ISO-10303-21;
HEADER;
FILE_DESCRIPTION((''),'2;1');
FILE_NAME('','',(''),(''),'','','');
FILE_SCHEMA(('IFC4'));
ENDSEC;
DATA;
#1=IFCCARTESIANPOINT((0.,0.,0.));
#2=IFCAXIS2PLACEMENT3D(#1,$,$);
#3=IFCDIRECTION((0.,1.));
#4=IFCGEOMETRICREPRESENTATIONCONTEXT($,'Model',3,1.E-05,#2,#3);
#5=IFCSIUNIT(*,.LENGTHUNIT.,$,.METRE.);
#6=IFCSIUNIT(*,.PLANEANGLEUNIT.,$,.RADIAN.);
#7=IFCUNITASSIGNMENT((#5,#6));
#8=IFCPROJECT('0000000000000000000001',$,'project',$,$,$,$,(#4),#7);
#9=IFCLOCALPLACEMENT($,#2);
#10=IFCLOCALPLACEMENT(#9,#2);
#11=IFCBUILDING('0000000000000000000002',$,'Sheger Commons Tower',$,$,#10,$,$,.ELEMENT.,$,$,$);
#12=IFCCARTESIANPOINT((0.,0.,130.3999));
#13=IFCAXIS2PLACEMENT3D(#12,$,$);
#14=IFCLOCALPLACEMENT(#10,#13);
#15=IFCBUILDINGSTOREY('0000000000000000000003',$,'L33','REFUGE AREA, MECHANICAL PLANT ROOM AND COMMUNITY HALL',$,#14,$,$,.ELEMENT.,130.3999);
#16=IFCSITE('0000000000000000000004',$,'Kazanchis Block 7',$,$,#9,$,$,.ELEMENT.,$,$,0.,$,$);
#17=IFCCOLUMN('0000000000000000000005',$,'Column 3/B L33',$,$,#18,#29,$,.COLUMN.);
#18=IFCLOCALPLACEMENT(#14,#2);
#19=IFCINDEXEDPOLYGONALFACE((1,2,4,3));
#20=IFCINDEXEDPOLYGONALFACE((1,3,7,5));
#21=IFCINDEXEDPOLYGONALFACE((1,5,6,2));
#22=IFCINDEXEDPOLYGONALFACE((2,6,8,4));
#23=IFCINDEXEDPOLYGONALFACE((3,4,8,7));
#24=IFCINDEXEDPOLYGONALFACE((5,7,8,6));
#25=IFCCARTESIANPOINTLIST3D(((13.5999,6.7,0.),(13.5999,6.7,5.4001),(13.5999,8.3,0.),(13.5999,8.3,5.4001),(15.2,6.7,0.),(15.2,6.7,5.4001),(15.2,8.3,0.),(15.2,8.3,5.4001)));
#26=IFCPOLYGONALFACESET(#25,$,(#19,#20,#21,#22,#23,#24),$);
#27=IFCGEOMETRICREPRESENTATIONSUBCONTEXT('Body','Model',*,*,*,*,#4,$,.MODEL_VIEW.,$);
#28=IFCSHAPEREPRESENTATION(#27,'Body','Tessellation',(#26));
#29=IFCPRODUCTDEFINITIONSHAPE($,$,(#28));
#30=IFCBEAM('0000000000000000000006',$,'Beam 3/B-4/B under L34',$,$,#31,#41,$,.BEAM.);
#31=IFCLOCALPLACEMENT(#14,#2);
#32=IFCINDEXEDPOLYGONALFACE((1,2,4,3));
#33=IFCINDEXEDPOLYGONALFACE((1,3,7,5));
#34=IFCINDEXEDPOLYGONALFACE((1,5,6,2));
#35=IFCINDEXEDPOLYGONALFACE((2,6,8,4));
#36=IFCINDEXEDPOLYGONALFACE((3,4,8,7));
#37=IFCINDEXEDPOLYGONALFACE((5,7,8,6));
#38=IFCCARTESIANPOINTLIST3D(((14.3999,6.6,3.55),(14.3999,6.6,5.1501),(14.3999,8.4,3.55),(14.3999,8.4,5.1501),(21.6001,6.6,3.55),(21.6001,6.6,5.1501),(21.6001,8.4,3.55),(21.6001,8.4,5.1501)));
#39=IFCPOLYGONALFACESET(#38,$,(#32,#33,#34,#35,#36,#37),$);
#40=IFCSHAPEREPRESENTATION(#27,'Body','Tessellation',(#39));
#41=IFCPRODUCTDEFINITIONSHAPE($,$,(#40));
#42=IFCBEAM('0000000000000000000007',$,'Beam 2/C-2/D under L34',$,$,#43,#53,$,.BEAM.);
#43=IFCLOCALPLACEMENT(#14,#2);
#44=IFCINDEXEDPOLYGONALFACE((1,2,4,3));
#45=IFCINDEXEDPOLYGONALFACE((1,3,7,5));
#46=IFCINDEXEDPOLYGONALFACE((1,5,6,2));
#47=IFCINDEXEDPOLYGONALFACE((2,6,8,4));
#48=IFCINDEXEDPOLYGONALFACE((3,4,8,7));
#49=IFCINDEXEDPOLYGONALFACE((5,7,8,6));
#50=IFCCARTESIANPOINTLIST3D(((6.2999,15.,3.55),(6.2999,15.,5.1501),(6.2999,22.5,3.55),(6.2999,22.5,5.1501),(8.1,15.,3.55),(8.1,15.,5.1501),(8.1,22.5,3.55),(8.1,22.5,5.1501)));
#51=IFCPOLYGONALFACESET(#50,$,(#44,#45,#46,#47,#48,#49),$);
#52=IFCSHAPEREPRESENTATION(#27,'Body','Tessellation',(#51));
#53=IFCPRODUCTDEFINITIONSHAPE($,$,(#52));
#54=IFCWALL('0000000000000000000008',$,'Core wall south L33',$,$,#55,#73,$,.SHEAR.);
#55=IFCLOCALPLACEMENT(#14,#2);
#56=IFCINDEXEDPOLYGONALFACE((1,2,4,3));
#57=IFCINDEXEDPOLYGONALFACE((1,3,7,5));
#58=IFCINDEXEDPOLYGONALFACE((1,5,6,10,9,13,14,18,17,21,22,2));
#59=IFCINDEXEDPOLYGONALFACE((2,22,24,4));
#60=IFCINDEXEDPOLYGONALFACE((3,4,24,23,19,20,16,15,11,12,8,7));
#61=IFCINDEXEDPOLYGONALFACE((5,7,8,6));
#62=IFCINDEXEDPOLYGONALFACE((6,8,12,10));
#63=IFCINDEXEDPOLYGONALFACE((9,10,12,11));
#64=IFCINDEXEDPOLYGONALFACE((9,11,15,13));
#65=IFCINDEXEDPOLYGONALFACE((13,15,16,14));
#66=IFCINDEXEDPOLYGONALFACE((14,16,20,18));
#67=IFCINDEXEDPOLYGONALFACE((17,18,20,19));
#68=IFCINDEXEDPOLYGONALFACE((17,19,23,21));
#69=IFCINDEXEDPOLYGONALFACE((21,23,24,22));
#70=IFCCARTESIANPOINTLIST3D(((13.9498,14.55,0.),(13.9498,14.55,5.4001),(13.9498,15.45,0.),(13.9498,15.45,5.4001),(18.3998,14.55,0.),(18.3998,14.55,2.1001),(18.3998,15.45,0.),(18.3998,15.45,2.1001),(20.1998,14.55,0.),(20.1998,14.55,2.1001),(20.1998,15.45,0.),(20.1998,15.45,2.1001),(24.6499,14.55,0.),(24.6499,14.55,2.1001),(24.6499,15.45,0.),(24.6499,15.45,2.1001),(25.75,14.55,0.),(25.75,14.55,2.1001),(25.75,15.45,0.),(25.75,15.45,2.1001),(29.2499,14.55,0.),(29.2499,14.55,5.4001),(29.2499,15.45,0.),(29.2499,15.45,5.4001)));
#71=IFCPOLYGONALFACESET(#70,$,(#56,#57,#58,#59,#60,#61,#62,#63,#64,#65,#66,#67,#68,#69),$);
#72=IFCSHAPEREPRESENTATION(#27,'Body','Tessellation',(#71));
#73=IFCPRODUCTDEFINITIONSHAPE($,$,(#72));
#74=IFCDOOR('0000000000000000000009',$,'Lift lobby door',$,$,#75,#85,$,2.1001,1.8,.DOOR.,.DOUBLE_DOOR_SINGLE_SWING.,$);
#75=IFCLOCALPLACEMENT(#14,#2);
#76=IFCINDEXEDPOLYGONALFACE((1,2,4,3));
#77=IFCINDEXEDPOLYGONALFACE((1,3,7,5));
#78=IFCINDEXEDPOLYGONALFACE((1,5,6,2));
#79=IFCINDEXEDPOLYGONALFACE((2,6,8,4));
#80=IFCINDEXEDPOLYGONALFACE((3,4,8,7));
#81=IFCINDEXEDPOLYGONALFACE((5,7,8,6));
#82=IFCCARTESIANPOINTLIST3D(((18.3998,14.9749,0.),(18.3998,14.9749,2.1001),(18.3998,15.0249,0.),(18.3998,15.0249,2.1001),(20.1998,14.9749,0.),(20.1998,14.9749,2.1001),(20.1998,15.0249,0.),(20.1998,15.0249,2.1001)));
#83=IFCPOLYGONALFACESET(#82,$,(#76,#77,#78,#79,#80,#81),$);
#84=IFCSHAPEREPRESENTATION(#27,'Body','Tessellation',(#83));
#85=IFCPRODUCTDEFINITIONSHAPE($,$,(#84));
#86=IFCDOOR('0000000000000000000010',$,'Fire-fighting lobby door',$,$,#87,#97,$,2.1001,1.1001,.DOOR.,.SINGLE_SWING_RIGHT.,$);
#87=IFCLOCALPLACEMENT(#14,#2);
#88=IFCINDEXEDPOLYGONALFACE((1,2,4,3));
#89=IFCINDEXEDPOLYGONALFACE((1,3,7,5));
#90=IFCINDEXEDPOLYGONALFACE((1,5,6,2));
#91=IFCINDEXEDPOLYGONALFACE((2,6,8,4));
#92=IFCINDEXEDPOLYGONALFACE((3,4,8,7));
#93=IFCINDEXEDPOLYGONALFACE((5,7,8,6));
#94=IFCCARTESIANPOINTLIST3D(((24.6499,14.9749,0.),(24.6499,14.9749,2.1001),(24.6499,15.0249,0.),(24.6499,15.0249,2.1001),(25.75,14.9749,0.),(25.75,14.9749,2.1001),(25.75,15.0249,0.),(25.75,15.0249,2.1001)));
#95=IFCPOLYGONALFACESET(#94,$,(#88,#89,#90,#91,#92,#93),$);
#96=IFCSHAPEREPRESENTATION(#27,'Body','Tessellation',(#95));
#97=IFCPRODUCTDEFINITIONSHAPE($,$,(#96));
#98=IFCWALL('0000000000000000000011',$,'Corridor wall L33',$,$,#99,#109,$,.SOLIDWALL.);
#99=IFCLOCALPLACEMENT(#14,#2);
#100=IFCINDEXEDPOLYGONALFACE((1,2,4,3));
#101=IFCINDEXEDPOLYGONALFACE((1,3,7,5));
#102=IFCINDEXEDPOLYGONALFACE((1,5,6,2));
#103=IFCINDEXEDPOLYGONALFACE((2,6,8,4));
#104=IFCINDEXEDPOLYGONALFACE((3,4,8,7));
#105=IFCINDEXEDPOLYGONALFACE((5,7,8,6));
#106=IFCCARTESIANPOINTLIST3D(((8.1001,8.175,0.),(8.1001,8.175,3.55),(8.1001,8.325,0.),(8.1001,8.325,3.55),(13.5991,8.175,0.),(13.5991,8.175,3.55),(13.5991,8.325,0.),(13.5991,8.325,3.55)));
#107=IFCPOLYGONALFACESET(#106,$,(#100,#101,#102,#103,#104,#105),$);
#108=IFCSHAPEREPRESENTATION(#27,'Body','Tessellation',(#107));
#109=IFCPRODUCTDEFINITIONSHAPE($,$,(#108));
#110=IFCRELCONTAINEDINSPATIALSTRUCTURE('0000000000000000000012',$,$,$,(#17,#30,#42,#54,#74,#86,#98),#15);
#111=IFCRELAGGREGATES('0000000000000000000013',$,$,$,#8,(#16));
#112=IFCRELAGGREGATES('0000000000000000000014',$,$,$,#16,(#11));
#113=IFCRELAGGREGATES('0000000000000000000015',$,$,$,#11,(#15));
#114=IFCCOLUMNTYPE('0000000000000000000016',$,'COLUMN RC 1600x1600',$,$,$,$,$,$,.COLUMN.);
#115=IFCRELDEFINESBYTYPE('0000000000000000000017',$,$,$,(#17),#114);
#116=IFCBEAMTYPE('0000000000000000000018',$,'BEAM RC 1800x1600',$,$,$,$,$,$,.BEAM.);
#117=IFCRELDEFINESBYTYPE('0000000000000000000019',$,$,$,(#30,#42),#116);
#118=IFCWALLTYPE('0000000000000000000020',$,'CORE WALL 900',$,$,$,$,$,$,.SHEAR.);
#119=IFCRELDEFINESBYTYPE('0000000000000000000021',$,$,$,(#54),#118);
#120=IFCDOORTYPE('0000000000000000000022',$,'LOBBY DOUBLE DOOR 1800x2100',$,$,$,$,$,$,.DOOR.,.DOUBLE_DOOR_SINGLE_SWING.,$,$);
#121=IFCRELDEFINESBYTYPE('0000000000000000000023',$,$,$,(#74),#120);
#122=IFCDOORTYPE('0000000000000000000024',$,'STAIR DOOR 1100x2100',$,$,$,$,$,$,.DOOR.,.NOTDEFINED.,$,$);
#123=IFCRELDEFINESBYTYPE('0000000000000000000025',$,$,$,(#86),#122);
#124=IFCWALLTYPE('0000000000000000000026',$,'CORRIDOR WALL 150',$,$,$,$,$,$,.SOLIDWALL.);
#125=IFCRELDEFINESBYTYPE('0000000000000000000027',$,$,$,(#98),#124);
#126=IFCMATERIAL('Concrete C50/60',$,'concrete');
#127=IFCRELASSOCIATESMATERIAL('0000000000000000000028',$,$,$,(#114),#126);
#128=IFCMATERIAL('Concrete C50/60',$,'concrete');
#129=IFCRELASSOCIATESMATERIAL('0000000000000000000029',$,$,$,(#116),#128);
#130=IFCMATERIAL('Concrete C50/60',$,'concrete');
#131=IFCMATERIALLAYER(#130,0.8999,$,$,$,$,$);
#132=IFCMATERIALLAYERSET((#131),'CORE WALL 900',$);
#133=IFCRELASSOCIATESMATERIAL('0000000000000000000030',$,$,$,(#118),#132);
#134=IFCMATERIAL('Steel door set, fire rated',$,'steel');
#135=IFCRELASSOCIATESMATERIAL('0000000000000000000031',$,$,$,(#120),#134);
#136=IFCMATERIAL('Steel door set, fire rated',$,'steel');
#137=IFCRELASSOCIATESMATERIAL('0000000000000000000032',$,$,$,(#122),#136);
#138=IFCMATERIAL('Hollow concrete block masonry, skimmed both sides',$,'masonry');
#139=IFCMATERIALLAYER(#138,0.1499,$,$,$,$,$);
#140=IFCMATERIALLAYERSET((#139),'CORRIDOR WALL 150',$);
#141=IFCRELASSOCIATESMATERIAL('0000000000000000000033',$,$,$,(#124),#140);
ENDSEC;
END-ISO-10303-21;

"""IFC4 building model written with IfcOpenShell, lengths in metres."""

from ifc_helpers import new_model, si_unit, direction, frame, frame_2d, origin, origin_2d, place, context, subcontext, project, spatial, rectangle, extrude, material, layer, layer_set, material_profile, profile_set, type_object, element, fill, save


model = new_model("IFC4")

# Units and contexts
model_context = context("Model", 3, precision=1e-05, world=origin(), true_north=direction((0.0, 1.0)))
body_context = subcontext(model_context, "Body", "Model", "MODEL_VIEW")
ifc_project = project(units=[si_unit("LENGTHUNIT", "METRE"), si_unit("PLANEANGLEUNIT", "RADIAN")], contexts=[model_context])

# Site, building, storey
site_placement = place(None, origin())
site = spatial("IfcSite", under=ifc_project, at=site_placement, Name="Kazanchis Block 7", CompositionType="ELEMENT", RefElevation=0.0)
building_placement = place(site_placement, origin())
building = spatial("IfcBuilding", under=site, at=building_placement, Name="Sheger Commons Tower", CompositionType="ELEMENT")
storey_placement = place(building_placement, frame((0.0, 0.0, 130.3999)))
storey = spatial("IfcBuildingStorey", under=building, at=storey_placement, Name="L33", Description="REFUGE AREA, MECHANICAL PLANT ROOM AND COMMUNITY HALL", CompositionType="ELEMENT", Elevation=130.3999)

# Column
ifc_material_1 = material(Name="Concrete C50/60", Category="concrete")
ifc_material_profile_1 = material_profile(ifc_material_1, rectangle(XDim=1.6001, YDim=1.6001, at=origin_2d()), Name="RC 1600x1600")
ifc_profile_set_1 = profile_set([ifc_material_profile_1], Name="Concrete C50/60")
column_type = type_object("IfcColumnType", Name="COLUMN RC 1600x1600", PredefinedType="COLUMN", material=ifc_profile_set_1)
column_placement = place(storey_placement, frame((14.3999, 7.5, 0.0), z_axis=(0.0, 0.0, 1.0), x_axis=(1.0, 0.0, 0.0)))
element("IfcColumn", 1, at=column_placement, inside=storey, type_object=column_type, Name="Column 3/B L33", PredefinedType="COLUMN", context=body_context, shape_type="SweptSolid", body=[
    extrude(rectangle(XDim=1.6001, YDim=1.6001, at=origin_2d()), origin(), (0.0, 0.0, 1.0), 5.4001),
])

# Beams
ifc_material_2 = material(Name="Concrete C50/60", Category="concrete")
ifc_material_profile_2 = material_profile(ifc_material_2, rectangle(XDim=1.8, YDim=1.6001, at=origin_2d()), Name="RC 1800x1600")
ifc_profile_set_2 = profile_set([ifc_material_profile_2], Name="Concrete C50/60")
beam_type = type_object("IfcBeamType", Name="BEAM RC 1800x1600", PredefinedType="BEAM", material=ifc_profile_set_2)
beam_1_placement = place(storey_placement, frame((14.3999, 7.5, 4.3501), z_axis=(1.0, 0.0, 0.0), x_axis=(0.0, 1.0, 0.0)))
element("IfcBeam", 2, at=beam_1_placement, inside=storey, type_object=beam_type, Name="Beam 3/B-4/B under L34", PredefinedType="BEAM", context=body_context, shape_type="SweptSolid", body=[
    extrude(rectangle(XDim=1.8, YDim=1.6001, at=origin_2d()), origin(), (0.0, 0.0, 1.0), 7.2002),
])
beam_2_placement = place(storey_placement, frame((7.2, 15.0, 4.3501), z_axis=(0.0, 1.0, 0.0), x_axis=(-1.0, 0.0, 0.0)))
element("IfcBeam", 3, at=beam_2_placement, inside=storey, type_object=beam_type, Name="Beam 2/C-2/D under L34", PredefinedType="BEAM", context=body_context, shape_type="SweptSolid", body=[
    extrude(rectangle(XDim=1.8, YDim=1.6001, at=origin_2d()), origin(), (0.0, 0.0, 1.0), 7.5),
])

# Wall, openings, doors
ifc_material_3 = material(Name="Concrete C50/60", Category="concrete")
ifc_layer_1 = layer(ifc_material_3, 0.8999)
ifc_layer_set_1 = layer_set([ifc_layer_1], Name="CORE WALL 900")
wall_type_1 = type_object("IfcWallType", Name="CORE WALL 900", PredefinedType="SHEAR", material=ifc_layer_set_1)
wall_1_placement = place(storey_placement, frame((13.95, 15.0, 0.0), z_axis=(0.0, 0.0, 1.0), x_axis=(1.0, 0.0, 0.0)))
wall_1 = element("IfcWall", 4, at=wall_1_placement, inside=storey, type_object=wall_type_1, Name="Core wall south L33", PredefinedType="SHEAR", context=body_context, shape_type="SweptSolid", body=[
    extrude(rectangle(XDim=15.3, YDim=0.8999, at=frame_2d((7.6499, 0.0))), origin(), (0.0, 0.0, 1.0), 5.4001),
])
opening_1_placement = place(wall_1_placement, frame((4.45, 0.0, 0.0)))
opening_1 = element("IfcOpeningElement", 5, at=opening_1_placement, cuts=wall_1, PredefinedType="OPENING", context=body_context, shape_type="SweptSolid", body=[
    extrude(rectangle(XDim=1.8, YDim=2.1001, at=frame_2d((0.8999, 1.05))), frame((0.0, 0.46, 0.0), z_axis=(0.0, -1.0, 0.0), x_axis=(1.0, 0.0, 0.0)), (0.0, 0.0, 1.0), 0.9199),
])
opening_2_placement = place(wall_1_placement, frame((10.7, 0.0, 0.0)))
opening_2 = element("IfcOpeningElement", 6, at=opening_2_placement, cuts=wall_1, PredefinedType="OPENING", context=body_context, shape_type="SweptSolid", body=[
    extrude(rectangle(XDim=1.1001, YDim=2.1001, at=frame_2d((0.55, 1.05))), frame((0.0, 0.46, 0.0), z_axis=(0.0, -1.0, 0.0), x_axis=(1.0, 0.0, 0.0)), (0.0, 0.0, 1.0), 0.9199),
])
ifc_material_4 = material(Name="Steel door set, fire rated", Category="steel")
door_type_1 = type_object("IfcDoorType", Name="LOBBY DOUBLE DOOR 1800x2100", OperationType="DOUBLE_DOOR_SINGLE_SWING", PredefinedType="DOOR", material=ifc_material_4)
door_1_placement = place(opening_1_placement, origin())
door_1 = element("IfcDoor", 7, at=door_1_placement, inside=storey, type_object=door_type_1, Name="Lift lobby door", OperationType="DOUBLE_DOOR_SINGLE_SWING", OverallHeight=2.1001, OverallWidth=1.8, PredefinedType="DOOR", context=body_context, shape_type="SweptSolid", body=[
    extrude(rectangle(XDim=1.8, YDim=2.1001, at=frame_2d((0.8999, 1.05))), frame((0.0, 0.0249, 0.0), z_axis=(0.0, -1.0, 0.0), x_axis=(1.0, 0.0, 0.0)), (0.0, 0.0, 1.0), 0.05),
])
fill(opening_1, door_1)
ifc_material_5 = material(Name="Steel door set, fire rated", Category="steel")
door_type_2 = type_object("IfcDoorType", Name="STAIR DOOR 1100x2100", OperationType="NOTDEFINED", PredefinedType="DOOR", material=ifc_material_5)
door_2_placement = place(opening_2_placement, origin())
door_2 = element("IfcDoor", 8, at=door_2_placement, inside=storey, type_object=door_type_2, Name="Fire-fighting lobby door", OperationType="SINGLE_SWING_RIGHT", OverallHeight=2.1001, OverallWidth=1.1001, PredefinedType="DOOR", context=body_context, shape_type="SweptSolid", body=[
    extrude(rectangle(XDim=1.1001, YDim=2.1001, at=frame_2d((0.55, 1.05))), frame((0.0, 0.0249, 0.0), z_axis=(0.0, -1.0, 0.0), x_axis=(1.0, 0.0, 0.0)), (0.0, 0.0, 1.0), 0.05),
])
fill(opening_2, door_2)

# Wall
ifc_material_6 = material(Name="Hollow concrete block masonry, skimmed both sides", Category="masonry")
ifc_layer_2 = layer(ifc_material_6, 0.1499)
ifc_layer_set_2 = layer_set([ifc_layer_2], Name="CORRIDOR WALL 150")
wall_type_2 = type_object("IfcWallType", Name="CORRIDOR WALL 150", PredefinedType="SOLIDWALL", material=ifc_layer_set_2)
wall_2_placement = place(storey_placement, frame((13.5991, 8.25, 0.0), z_axis=(0.0, 0.0, 1.0), x_axis=(-1.0, 0.0, 0.0)))
element("IfcWall", 9, at=wall_2_placement, inside=storey, type_object=wall_type_2, Name="Corridor wall L33", PredefinedType="SOLIDWALL", context=body_context, shape_type="SweptSolid", body=[
    extrude(rectangle(XDim=5.499, YDim=0.1499, at=frame_2d((2.7495, 0.0))), origin(), (0.0, 0.0, 1.0), 3.55),
])

save(model, "model.ifc")
